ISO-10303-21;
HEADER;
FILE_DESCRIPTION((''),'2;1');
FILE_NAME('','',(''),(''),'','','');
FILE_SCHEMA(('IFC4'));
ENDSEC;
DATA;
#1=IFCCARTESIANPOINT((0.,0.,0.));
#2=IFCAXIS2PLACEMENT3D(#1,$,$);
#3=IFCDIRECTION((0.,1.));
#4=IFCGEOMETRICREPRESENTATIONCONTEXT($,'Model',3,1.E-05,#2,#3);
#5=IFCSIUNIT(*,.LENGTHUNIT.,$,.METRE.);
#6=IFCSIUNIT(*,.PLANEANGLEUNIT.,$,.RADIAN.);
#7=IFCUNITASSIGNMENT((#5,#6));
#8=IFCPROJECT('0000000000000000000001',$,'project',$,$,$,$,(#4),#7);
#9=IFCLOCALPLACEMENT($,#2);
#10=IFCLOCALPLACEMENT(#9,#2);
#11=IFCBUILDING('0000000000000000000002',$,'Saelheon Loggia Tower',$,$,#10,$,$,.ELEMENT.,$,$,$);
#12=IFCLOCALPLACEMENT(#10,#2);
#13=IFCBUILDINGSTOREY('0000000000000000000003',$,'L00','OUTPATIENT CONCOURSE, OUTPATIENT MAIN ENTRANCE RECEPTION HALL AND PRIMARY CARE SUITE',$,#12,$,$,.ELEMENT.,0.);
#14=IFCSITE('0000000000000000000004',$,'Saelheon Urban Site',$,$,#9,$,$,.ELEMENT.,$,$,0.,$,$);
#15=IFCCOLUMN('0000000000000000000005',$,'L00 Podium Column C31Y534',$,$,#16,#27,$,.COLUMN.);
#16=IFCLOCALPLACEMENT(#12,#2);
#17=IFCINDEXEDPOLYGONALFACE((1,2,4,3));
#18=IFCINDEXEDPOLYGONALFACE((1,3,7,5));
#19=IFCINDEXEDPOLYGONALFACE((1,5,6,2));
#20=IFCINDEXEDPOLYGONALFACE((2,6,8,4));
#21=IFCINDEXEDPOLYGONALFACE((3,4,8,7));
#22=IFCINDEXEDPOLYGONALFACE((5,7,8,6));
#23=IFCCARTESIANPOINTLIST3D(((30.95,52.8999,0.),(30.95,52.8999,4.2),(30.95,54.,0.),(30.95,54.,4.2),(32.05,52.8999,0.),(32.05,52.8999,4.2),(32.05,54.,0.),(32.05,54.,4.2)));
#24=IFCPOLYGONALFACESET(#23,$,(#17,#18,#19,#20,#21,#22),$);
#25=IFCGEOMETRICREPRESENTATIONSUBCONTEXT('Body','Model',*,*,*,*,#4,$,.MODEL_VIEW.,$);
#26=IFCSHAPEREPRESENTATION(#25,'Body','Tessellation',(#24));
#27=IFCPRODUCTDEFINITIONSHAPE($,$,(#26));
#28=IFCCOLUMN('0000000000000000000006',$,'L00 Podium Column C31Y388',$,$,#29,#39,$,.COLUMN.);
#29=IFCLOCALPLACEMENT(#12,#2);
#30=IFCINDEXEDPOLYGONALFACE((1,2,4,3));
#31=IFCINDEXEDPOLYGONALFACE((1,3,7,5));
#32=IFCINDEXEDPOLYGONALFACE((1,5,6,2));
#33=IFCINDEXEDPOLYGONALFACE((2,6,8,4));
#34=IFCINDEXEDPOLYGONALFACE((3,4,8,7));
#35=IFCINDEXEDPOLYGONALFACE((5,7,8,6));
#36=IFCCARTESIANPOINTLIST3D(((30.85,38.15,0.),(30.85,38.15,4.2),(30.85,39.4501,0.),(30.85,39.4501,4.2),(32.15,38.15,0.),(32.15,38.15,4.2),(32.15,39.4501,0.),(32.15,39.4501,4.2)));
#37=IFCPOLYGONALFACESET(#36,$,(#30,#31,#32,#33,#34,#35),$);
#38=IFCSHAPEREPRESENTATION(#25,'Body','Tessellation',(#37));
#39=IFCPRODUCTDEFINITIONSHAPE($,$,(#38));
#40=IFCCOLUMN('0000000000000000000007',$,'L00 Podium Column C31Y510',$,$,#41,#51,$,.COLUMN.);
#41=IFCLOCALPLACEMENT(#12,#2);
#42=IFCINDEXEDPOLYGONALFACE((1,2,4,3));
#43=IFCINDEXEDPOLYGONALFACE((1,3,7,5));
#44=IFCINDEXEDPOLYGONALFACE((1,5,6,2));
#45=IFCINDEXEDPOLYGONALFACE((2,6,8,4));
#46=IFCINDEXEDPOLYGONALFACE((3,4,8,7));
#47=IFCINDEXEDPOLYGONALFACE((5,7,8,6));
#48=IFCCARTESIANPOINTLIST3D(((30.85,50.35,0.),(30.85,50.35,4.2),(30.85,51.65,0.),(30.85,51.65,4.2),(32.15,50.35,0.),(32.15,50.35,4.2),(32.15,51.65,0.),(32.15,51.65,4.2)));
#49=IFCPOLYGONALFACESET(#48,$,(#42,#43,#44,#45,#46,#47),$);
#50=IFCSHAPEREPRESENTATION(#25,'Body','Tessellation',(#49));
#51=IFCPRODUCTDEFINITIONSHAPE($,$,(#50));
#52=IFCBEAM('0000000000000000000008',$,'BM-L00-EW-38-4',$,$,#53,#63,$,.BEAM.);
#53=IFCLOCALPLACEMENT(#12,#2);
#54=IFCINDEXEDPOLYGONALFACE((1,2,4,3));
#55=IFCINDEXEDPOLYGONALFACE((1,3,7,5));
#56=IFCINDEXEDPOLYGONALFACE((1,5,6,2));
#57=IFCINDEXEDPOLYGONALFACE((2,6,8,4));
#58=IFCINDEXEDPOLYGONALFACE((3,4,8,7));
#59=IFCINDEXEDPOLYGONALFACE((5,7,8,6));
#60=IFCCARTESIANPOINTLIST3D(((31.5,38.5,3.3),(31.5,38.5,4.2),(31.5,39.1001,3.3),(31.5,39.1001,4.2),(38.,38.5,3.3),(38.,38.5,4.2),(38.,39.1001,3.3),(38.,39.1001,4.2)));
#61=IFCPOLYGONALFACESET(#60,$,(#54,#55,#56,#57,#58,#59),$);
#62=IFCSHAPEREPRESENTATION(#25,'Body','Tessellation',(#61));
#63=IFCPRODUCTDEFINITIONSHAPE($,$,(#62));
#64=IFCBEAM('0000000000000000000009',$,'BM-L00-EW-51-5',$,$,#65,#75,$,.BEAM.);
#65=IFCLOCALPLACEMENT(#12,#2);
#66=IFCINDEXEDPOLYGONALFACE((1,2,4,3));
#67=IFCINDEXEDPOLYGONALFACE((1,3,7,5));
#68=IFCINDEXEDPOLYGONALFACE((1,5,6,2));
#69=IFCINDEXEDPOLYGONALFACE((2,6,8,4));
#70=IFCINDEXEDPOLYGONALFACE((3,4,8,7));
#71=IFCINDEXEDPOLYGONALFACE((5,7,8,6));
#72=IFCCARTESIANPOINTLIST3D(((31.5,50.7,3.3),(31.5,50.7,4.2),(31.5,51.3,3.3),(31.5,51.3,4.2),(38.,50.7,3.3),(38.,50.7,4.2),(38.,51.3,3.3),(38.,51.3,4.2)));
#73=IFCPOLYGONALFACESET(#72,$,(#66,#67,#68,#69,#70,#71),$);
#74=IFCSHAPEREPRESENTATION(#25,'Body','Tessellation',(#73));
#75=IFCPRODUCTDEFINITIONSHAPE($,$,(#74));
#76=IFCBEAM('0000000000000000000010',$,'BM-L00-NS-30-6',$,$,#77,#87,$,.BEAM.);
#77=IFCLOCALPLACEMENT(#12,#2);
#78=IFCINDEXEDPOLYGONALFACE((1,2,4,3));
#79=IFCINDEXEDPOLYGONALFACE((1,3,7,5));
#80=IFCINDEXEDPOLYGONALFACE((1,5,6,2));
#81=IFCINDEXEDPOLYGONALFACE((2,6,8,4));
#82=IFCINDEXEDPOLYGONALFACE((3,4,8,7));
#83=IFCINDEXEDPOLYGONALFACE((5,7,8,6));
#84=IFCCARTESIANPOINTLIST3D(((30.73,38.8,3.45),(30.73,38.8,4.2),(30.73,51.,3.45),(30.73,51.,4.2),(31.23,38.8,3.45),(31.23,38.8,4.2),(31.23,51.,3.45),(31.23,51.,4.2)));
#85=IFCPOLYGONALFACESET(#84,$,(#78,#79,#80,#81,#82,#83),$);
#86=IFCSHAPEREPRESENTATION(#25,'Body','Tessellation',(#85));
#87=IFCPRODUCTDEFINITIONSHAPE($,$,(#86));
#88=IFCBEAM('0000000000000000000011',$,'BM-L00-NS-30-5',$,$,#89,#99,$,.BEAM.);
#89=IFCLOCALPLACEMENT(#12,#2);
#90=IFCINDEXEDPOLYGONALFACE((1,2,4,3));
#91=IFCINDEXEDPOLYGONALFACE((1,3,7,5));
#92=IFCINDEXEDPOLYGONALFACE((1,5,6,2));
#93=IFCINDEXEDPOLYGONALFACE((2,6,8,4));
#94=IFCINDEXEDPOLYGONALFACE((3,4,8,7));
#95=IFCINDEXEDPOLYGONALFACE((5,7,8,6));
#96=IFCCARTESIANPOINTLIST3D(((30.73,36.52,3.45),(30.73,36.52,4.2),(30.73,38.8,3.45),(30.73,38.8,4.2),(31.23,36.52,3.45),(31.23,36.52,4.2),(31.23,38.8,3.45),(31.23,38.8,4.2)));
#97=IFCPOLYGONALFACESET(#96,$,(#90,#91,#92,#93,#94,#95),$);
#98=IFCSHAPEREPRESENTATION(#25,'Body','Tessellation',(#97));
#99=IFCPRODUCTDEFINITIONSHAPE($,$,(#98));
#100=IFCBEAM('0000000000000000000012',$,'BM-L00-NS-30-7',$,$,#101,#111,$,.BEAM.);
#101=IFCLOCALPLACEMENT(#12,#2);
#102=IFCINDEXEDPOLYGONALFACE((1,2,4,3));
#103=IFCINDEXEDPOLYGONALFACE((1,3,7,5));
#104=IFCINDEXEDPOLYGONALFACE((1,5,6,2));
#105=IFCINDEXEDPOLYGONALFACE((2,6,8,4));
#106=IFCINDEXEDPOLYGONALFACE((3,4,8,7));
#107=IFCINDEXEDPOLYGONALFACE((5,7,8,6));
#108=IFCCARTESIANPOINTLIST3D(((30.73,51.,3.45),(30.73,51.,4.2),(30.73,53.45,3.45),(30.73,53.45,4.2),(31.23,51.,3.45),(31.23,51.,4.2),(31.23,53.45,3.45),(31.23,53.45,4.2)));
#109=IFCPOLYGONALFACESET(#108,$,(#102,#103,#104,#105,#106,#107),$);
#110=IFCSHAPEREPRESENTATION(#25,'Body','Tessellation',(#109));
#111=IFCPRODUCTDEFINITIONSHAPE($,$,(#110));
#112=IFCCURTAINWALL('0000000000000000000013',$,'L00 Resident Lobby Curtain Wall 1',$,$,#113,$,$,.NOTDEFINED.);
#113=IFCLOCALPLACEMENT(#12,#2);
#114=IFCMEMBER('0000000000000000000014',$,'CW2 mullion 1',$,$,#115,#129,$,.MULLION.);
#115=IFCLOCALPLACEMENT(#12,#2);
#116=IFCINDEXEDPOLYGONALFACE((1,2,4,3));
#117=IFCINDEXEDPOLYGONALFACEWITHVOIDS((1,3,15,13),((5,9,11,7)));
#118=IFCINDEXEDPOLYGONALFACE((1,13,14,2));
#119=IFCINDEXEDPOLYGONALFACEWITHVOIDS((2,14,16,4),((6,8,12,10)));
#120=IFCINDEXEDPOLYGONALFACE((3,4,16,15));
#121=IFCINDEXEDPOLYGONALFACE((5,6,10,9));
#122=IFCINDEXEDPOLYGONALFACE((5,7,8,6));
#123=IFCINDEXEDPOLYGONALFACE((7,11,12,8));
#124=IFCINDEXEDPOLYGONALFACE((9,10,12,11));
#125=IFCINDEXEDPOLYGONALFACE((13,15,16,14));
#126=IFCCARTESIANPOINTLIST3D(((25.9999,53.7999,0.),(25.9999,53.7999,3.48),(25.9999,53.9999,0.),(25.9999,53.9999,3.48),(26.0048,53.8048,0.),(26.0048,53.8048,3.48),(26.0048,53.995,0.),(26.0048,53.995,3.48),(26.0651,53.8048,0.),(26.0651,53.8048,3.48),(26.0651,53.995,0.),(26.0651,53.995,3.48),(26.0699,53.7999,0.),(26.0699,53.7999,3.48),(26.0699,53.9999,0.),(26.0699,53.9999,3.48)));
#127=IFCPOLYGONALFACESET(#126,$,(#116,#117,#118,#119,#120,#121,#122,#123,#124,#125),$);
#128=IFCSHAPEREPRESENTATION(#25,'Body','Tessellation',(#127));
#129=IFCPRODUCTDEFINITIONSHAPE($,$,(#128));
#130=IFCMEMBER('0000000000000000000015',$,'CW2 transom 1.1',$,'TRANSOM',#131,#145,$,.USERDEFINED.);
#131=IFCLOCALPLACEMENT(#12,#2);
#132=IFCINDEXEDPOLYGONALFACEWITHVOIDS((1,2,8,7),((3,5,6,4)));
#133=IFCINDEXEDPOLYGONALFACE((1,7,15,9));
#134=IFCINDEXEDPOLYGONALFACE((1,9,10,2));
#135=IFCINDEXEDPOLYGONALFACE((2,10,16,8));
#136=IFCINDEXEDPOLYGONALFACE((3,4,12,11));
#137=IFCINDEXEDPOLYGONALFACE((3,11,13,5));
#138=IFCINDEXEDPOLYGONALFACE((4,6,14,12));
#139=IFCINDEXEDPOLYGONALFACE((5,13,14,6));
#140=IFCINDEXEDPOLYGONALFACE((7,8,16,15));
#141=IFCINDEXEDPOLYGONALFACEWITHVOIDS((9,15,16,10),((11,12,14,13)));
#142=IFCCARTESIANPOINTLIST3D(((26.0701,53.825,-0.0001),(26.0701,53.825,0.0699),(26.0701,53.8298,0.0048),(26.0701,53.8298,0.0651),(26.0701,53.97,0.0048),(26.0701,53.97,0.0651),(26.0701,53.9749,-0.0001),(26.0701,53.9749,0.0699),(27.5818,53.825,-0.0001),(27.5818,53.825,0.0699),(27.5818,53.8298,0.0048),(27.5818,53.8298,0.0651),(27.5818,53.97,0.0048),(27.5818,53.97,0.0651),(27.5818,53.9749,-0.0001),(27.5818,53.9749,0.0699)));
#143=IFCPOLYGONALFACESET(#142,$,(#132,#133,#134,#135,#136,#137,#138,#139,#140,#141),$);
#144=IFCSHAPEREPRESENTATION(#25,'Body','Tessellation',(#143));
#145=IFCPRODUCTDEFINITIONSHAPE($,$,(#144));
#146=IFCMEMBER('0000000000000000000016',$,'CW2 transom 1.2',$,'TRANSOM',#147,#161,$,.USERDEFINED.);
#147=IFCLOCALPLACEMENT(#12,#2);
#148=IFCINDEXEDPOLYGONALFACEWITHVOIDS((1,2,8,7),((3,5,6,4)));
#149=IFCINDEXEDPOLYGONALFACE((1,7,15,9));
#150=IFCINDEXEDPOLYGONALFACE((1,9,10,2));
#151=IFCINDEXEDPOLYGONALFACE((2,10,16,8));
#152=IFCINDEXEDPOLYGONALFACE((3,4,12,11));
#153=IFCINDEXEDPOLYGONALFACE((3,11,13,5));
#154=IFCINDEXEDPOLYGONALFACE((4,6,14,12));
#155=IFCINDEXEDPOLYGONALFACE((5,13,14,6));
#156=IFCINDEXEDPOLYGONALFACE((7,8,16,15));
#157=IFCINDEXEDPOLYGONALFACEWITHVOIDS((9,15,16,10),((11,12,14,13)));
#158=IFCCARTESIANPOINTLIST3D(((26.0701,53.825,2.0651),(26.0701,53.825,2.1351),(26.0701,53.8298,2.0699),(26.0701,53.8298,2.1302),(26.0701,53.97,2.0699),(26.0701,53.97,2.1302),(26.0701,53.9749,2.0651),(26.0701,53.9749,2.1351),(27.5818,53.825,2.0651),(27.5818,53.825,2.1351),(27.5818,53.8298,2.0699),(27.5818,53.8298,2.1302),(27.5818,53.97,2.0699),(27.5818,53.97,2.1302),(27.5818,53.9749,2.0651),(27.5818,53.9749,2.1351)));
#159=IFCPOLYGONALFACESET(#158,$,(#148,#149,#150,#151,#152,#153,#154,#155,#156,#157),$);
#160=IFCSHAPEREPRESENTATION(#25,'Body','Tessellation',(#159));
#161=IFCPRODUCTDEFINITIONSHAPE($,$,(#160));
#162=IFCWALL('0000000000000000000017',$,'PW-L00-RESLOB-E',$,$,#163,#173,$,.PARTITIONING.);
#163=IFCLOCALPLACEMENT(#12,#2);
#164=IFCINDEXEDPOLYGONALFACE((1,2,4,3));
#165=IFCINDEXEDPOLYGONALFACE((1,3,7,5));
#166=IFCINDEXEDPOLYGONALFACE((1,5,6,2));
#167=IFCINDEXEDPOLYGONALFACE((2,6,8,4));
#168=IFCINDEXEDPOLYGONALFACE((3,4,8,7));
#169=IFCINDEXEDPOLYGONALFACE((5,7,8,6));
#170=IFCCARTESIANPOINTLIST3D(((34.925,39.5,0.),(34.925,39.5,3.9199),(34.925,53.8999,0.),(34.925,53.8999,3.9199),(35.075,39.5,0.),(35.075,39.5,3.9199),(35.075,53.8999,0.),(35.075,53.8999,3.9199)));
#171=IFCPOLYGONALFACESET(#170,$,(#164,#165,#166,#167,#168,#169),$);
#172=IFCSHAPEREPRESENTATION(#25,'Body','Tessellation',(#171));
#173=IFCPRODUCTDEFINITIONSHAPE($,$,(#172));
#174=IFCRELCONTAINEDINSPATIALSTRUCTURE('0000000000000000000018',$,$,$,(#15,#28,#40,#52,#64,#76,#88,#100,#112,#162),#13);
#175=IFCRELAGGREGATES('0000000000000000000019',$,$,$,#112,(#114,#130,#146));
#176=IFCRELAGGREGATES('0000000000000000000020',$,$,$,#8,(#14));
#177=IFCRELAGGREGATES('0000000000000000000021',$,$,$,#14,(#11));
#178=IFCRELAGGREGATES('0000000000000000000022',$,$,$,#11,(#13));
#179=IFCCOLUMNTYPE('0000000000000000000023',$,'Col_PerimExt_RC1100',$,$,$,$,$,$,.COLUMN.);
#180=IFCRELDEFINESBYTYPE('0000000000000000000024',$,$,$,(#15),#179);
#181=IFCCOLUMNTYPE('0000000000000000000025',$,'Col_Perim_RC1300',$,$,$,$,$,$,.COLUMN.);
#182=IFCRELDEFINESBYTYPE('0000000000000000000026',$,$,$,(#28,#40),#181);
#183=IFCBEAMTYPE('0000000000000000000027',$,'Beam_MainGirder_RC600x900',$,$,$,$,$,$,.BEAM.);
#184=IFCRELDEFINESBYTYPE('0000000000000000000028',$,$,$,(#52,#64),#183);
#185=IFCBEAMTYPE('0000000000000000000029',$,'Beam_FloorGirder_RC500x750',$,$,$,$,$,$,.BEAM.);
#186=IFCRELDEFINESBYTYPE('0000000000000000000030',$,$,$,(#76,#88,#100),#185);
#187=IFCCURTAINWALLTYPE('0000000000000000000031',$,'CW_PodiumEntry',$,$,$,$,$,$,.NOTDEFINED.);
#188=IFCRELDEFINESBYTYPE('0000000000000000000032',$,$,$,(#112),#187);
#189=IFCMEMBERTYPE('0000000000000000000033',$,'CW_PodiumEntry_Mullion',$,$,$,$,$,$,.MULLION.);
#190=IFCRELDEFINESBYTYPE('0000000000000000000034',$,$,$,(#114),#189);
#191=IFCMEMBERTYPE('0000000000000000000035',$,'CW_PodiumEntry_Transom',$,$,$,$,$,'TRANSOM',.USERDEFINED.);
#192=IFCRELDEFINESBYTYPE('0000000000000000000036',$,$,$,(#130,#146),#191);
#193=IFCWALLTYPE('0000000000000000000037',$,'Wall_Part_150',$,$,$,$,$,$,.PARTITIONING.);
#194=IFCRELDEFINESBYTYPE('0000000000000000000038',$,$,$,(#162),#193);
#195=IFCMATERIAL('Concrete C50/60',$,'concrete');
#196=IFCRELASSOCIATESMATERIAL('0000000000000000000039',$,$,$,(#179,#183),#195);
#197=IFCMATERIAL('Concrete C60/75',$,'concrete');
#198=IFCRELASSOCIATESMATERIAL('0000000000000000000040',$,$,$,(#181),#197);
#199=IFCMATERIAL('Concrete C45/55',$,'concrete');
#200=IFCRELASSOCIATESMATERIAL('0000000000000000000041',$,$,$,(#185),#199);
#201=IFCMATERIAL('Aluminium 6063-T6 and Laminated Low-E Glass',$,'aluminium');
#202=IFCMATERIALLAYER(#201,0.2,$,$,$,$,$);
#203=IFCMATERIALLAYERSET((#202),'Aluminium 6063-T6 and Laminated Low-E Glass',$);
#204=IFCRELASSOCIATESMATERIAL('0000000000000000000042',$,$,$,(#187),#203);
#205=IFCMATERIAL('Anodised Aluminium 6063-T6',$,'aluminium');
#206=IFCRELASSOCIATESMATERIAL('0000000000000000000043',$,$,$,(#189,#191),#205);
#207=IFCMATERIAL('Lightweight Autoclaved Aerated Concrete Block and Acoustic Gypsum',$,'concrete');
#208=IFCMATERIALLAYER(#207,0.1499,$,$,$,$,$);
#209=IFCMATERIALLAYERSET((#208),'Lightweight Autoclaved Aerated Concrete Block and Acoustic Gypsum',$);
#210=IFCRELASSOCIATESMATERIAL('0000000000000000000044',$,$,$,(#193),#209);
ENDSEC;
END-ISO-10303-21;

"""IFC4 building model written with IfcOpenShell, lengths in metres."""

from ifc_helpers import new_model, si_unit, direction, frame, frame_2d, origin, origin_2d, place, context, subcontext, project, spatial, rectangle, hollow_rectangle, extrude, source, transform, mapped, material, layer, layer_set, material_profile, profile_set, type_object, element, aggregate, save


model = new_model("IFC4")

# Units and contexts
model_context = context("Model", 3, precision=1e-05, world=origin(), true_north=direction((0.0, 1.0)))
body_context = subcontext(model_context, "Body", "Model", "MODEL_VIEW")
ifc_project = project(units=[si_unit("LENGTHUNIT", "METRE"), si_unit("PLANEANGLEUNIT", "RADIAN")], contexts=[model_context])

# Site, building, storey
site_placement = place(None, origin())
site = spatial("IfcSite", under=ifc_project, at=site_placement, Name="Saelheon Urban Site", CompositionType="ELEMENT", RefElevation=0.0)
building_placement = place(site_placement, origin())
building = spatial("IfcBuilding", under=site, at=building_placement, Name="Saelheon Loggia Tower", CompositionType="ELEMENT")
storey_placement = place(building_placement, origin())
storey = spatial("IfcBuildingStorey", under=building, at=storey_placement, Name="L00", Description="OUTPATIENT CONCOURSE, OUTPATIENT MAIN ENTRANCE RECEPTION HALL AND PRIMARY CARE SUITE", CompositionType="ELEMENT", Elevation=0.0)

# Columns
ifc_material_1 = material(Name="Concrete C50/60", Category="concrete")
ifc_material_profile_1 = material_profile(ifc_material_1, rectangle(XDim=1.1001, YDim=1.1001, at=origin_2d()), Name="RC-1100x1100")
ifc_profile_set_1 = profile_set([ifc_material_profile_1], Name="Concrete C50/60")
column_type_1 = type_object("IfcColumnType", Name="Col_PerimExt_RC1100", PredefinedType="COLUMN", material=ifc_profile_set_1)
shared_shape_1 = source(origin(), body_context, "Body", "SweptSolid", [
    extrude(rectangle(XDim=1.1001, YDim=1.1001, at=origin_2d()), origin(), (0.0, 0.0, 1.0), 4.2),
])
column_placement = place(storey_placement, frame((31.5, 53.45, 0.0), z_axis=(0.0, 0.0, 1.0), x_axis=(1.0, 0.0, 0.0)))
element("IfcColumn", 1, at=column_placement, inside=storey, type_object=column_type_1, Name="L00 Podium Column C31Y534", PredefinedType="COLUMN", context=body_context, shape_type="MappedRepresentation", body=[
    mapped(shared_shape_1, transform((0.0, 0.0, 0.0), scale=1.0)),
])
ifc_material_2 = material(Name="Concrete C60/75", Category="concrete")
ifc_material_profile_2 = material_profile(ifc_material_2, rectangle(XDim=1.3, YDim=1.3, at=origin_2d()), Name="RC-1300x1300")
ifc_profile_set_2 = profile_set([ifc_material_profile_2], Name="Concrete C60/75")
column_type_2 = type_object("IfcColumnType", Name="Col_Perim_RC1300", PredefinedType="COLUMN", material=ifc_profile_set_2)
shared_shape_2 = source(origin(), body_context, "Body", "SweptSolid", [
    extrude(rectangle(XDim=1.3, YDim=1.3, at=origin_2d()), origin(), (0.0, 0.0, 1.0), 4.2),
])
for number, where, z_axis, x_axis, name in (
    (2, (31.5, 38.8, 0.0), (0.0, 0.0, 1.0), (1.0, 0.0, 0.0), "L00 Podium Column C31Y388"),
    (3, (31.5, 51.0, 0.0), (0.0, 0.0, 1.0), (1.0, 0.0, 0.0), "L00 Podium Column C31Y510"),
):
    element("IfcColumn", number, at=place(storey_placement, frame(where, z_axis=z_axis, x_axis=x_axis)), inside=storey, type_object=column_type_2, Name=name, PredefinedType="COLUMN", context=body_context, shape_type="MappedRepresentation", body=[
        mapped(shared_shape_2, transform((0.0, 0.0, 0.0), scale=1.0)),
    ])

# Beams
ifc_material_profile_3 = material_profile(ifc_material_1, rectangle(XDim=0.6001, YDim=0.8999, at=origin_2d()), Name="RC-600x900")
ifc_profile_set_3 = profile_set([ifc_material_profile_3], Name="Concrete C50/60")
beam_type_1 = type_object("IfcBeamType", Name="Beam_MainGirder_RC600x900", PredefinedType="BEAM", material=ifc_profile_set_3)
shared_shape_3 = source(origin(), body_context, "Body", "SweptSolid", [
    extrude(rectangle(XDim=0.6001, YDim=0.8999, at=origin_2d()), origin(), (0.0, 0.0, 1.0), 6.5),
])
for number, where, z_axis, x_axis, name in (
    (4, (31.5, 38.8, 3.75), (1.0, 0.0, 0.0), (0.0, 1.0, 0.0), "BM-L00-EW-38-4"),
    (5, (31.5, 51.0, 3.75), (1.0, 0.0, 0.0), (0.0, 1.0, 0.0), "BM-L00-EW-51-5"),
):
    element("IfcBeam", number, at=place(storey_placement, frame(where, z_axis=z_axis, x_axis=x_axis)), inside=storey, type_object=beam_type_1, Name=name, PredefinedType="BEAM", context=body_context, shape_type="MappedRepresentation", body=[
        mapped(shared_shape_3, transform((0.0, 0.0, 0.0), scale=1.0)),
    ])
ifc_material_3 = material(Name="Concrete C45/55", Category="concrete")
ifc_material_profile_4 = material_profile(ifc_material_3, rectangle(XDim=0.5, YDim=0.75, at=origin_2d()), Name="RC-500x750")
ifc_profile_set_4 = profile_set([ifc_material_profile_4], Name="Concrete C45/55")
beam_type_2 = type_object("IfcBeamType", Name="Beam_FloorGirder_RC500x750", PredefinedType="BEAM", material=ifc_profile_set_4)
shared_shape_4 = source(origin(), body_context, "Body", "SweptSolid", [
    extrude(rectangle(XDim=0.5, YDim=0.75, at=origin_2d()), origin(), (0.0, 0.0, 1.0), 12.2),
])
beam_1_placement = place(storey_placement, frame((30.98, 38.8, 3.825), z_axis=(0.0, 1.0, 0.0), x_axis=(-1.0, 0.0, 0.0)))
element("IfcBeam", 6, at=beam_1_placement, inside=storey, type_object=beam_type_2, Name="BM-L00-NS-30-6", PredefinedType="BEAM", context=body_context, shape_type="MappedRepresentation", body=[
    mapped(shared_shape_4, transform((0.0, 0.0, 0.0), scale=1.0)),
])
shared_shape_5 = source(origin(), body_context, "Body", "SweptSolid", [
    extrude(rectangle(XDim=0.5, YDim=0.75, at=origin_2d()), origin(), (0.0, 0.0, 1.0), 2.28),
])
beam_2_placement = place(storey_placement, frame((30.98, 36.52, 3.825), z_axis=(0.0, 1.0, 0.0), x_axis=(-1.0, 0.0, 0.0)))
element("IfcBeam", 7, at=beam_2_placement, inside=storey, type_object=beam_type_2, Name="BM-L00-NS-30-5", PredefinedType="BEAM", context=body_context, shape_type="MappedRepresentation", body=[
    mapped(shared_shape_5, transform((0.0, 0.0, 0.0), scale=1.0)),
])
shared_shape_6 = source(origin(), body_context, "Body", "SweptSolid", [
    extrude(rectangle(XDim=0.5, YDim=0.75, at=origin_2d()), origin(), (0.0, 0.0, 1.0), 2.45),
])
beam_3_placement = place(storey_placement, frame((30.98, 51.0, 3.825), z_axis=(0.0, 1.0, 0.0), x_axis=(-1.0, 0.0, 0.0)))
element("IfcBeam", 8, at=beam_3_placement, inside=storey, type_object=beam_type_2, Name="BM-L00-NS-30-7", PredefinedType="BEAM", context=body_context, shape_type="MappedRepresentation", body=[
    mapped(shared_shape_6, transform((0.0, 0.0, 0.0), scale=1.0)),
])

# Curtain wall, members
ifc_material_4 = material(Name="Aluminium 6063-T6 and Laminated Low-E Glass", Category="aluminium")
ifc_layer_1 = layer(ifc_material_4, 0.2)
ifc_layer_set_1 = layer_set([ifc_layer_1], Name="Aluminium 6063-T6 and Laminated Low-E Glass")
curtain_wall_type = type_object("IfcCurtainWallType", Name="CW_PodiumEntry", PredefinedType="NOTDEFINED", material=ifc_layer_set_1)
curtain_wall_placement = place(storey_placement, origin())
curtain_wall = element("IfcCurtainWall", 9, at=curtain_wall_placement, inside=storey, type_object=curtain_wall_type, Name="L00 Resident Lobby Curtain Wall 1", PredefinedType="NOTDEFINED")
ifc_material_5 = material(Name="Anodised Aluminium 6063-T6", Category="aluminium")
ifc_material_profile_5 = material_profile(ifc_material_5, hollow_rectangle(XDim=0.0701, YDim=0.2, WallThickness=0.0049, at=origin_2d()), Name="RHS-200x70x5")
ifc_profile_set_5 = profile_set([ifc_material_profile_5], Name="Anodised Aluminium 6063-T6")
member_type_1 = type_object("IfcMemberType", Name="CW_PodiumEntry_Mullion", PredefinedType="MULLION", material=ifc_profile_set_5)
shared_shape_7 = source(origin(), body_context, "Body", "SweptSolid", [
    extrude(hollow_rectangle(XDim=0.0701, YDim=0.2, WallThickness=0.0049, at=origin_2d()), origin(), (0.0, 0.0, 1.0), 3.48),
])
member_1_placement = place(storey_placement, frame((26.0349, 53.8999, 0.0), z_axis=(0.0, 0.0, 1.0), x_axis=(1.0, 0.0, 0.0)))
member_1 = element("IfcMember", 10, at=member_1_placement, type_object=member_type_1, Name="CW2 mullion 1", PredefinedType="MULLION", context=body_context, shape_type="MappedRepresentation", body=[
    mapped(shared_shape_7, transform((0.0, 0.0, 0.0), scale=1.0)),
])
ifc_material_profile_6 = material_profile(ifc_material_5, hollow_rectangle(XDim=0.0701, YDim=0.1499, WallThickness=0.0049, at=origin_2d()), Name="RHS-150x70x5")
ifc_profile_set_6 = profile_set([ifc_material_profile_6], Name="Anodised Aluminium 6063-T6")
member_type_2 = type_object("IfcMemberType", Name="CW_PodiumEntry_Transom", ElementType="TRANSOM", PredefinedType="USERDEFINED", material=ifc_profile_set_6)
shared_shape_8 = source(origin(), body_context, "Body", "SweptSolid", [
    extrude(hollow_rectangle(XDim=0.0701, YDim=0.1499, WallThickness=0.0049, at=origin_2d()), origin(), (0.0, 0.0, 1.0), 1.5117),
])
member_2_placement = place(storey_placement, frame((26.0701, 53.8999, 0.0349), z_axis=(1.0, 0.0, 0.0), x_axis=(0.0, 0.0, 1.0)))
member_2 = element("IfcMember", 11, at=member_2_placement, type_object=member_type_2, Name="CW2 transom 1.1", ObjectType="TRANSOM", PredefinedType="USERDEFINED", context=body_context, shape_type="MappedRepresentation", body=[
    mapped(shared_shape_8, transform((0.0, 0.0, 0.0), scale=1.0)),
])
member_3_placement = place(storey_placement, frame((26.0701, 53.8999, 2.1001), z_axis=(1.0, 0.0, 0.0), x_axis=(0.0, 0.0, 1.0)))
member_3 = element("IfcMember", 12, at=member_3_placement, type_object=member_type_2, Name="CW2 transom 1.2", ObjectType="TRANSOM", PredefinedType="USERDEFINED", context=body_context, shape_type="MappedRepresentation", body=[
    mapped(shared_shape_8, transform((0.0, 0.0, 0.0), scale=1.0)),
])
aggregate(curtain_wall, [member_1, member_2, member_3])

# Wall
ifc_material_6 = material(Name="Lightweight Autoclaved Aerated Concrete Block and Acoustic Gypsum", Category="concrete")
ifc_layer_2 = layer(ifc_material_6, 0.1499)
ifc_layer_set_2 = layer_set([ifc_layer_2], Name="Lightweight Autoclaved Aerated Concrete Block and Acoustic Gypsum")
wall_type = type_object("IfcWallType", Name="Wall_Part_150", PredefinedType="PARTITIONING", material=ifc_layer_set_2)
wall_1_placement = place(storey_placement, frame((35.0, 39.5, 0.0), z_axis=(0.0, 0.0, 1.0), x_axis=(0.0, 1.0, 0.0)))
element("IfcWall", 13, at=wall_1_placement, inside=storey, type_object=wall_type, Name="PW-L00-RESLOB-E", PredefinedType="PARTITIONING", context=body_context, shape_type="SweptSolid", body=[
    extrude(rectangle(XDim=14.3999, YDim=0.1499, at=frame_2d((7.2, 0.0))), origin(), (0.0, 0.0, 1.0), 3.9199),
])

save(model, "model.ifc")
